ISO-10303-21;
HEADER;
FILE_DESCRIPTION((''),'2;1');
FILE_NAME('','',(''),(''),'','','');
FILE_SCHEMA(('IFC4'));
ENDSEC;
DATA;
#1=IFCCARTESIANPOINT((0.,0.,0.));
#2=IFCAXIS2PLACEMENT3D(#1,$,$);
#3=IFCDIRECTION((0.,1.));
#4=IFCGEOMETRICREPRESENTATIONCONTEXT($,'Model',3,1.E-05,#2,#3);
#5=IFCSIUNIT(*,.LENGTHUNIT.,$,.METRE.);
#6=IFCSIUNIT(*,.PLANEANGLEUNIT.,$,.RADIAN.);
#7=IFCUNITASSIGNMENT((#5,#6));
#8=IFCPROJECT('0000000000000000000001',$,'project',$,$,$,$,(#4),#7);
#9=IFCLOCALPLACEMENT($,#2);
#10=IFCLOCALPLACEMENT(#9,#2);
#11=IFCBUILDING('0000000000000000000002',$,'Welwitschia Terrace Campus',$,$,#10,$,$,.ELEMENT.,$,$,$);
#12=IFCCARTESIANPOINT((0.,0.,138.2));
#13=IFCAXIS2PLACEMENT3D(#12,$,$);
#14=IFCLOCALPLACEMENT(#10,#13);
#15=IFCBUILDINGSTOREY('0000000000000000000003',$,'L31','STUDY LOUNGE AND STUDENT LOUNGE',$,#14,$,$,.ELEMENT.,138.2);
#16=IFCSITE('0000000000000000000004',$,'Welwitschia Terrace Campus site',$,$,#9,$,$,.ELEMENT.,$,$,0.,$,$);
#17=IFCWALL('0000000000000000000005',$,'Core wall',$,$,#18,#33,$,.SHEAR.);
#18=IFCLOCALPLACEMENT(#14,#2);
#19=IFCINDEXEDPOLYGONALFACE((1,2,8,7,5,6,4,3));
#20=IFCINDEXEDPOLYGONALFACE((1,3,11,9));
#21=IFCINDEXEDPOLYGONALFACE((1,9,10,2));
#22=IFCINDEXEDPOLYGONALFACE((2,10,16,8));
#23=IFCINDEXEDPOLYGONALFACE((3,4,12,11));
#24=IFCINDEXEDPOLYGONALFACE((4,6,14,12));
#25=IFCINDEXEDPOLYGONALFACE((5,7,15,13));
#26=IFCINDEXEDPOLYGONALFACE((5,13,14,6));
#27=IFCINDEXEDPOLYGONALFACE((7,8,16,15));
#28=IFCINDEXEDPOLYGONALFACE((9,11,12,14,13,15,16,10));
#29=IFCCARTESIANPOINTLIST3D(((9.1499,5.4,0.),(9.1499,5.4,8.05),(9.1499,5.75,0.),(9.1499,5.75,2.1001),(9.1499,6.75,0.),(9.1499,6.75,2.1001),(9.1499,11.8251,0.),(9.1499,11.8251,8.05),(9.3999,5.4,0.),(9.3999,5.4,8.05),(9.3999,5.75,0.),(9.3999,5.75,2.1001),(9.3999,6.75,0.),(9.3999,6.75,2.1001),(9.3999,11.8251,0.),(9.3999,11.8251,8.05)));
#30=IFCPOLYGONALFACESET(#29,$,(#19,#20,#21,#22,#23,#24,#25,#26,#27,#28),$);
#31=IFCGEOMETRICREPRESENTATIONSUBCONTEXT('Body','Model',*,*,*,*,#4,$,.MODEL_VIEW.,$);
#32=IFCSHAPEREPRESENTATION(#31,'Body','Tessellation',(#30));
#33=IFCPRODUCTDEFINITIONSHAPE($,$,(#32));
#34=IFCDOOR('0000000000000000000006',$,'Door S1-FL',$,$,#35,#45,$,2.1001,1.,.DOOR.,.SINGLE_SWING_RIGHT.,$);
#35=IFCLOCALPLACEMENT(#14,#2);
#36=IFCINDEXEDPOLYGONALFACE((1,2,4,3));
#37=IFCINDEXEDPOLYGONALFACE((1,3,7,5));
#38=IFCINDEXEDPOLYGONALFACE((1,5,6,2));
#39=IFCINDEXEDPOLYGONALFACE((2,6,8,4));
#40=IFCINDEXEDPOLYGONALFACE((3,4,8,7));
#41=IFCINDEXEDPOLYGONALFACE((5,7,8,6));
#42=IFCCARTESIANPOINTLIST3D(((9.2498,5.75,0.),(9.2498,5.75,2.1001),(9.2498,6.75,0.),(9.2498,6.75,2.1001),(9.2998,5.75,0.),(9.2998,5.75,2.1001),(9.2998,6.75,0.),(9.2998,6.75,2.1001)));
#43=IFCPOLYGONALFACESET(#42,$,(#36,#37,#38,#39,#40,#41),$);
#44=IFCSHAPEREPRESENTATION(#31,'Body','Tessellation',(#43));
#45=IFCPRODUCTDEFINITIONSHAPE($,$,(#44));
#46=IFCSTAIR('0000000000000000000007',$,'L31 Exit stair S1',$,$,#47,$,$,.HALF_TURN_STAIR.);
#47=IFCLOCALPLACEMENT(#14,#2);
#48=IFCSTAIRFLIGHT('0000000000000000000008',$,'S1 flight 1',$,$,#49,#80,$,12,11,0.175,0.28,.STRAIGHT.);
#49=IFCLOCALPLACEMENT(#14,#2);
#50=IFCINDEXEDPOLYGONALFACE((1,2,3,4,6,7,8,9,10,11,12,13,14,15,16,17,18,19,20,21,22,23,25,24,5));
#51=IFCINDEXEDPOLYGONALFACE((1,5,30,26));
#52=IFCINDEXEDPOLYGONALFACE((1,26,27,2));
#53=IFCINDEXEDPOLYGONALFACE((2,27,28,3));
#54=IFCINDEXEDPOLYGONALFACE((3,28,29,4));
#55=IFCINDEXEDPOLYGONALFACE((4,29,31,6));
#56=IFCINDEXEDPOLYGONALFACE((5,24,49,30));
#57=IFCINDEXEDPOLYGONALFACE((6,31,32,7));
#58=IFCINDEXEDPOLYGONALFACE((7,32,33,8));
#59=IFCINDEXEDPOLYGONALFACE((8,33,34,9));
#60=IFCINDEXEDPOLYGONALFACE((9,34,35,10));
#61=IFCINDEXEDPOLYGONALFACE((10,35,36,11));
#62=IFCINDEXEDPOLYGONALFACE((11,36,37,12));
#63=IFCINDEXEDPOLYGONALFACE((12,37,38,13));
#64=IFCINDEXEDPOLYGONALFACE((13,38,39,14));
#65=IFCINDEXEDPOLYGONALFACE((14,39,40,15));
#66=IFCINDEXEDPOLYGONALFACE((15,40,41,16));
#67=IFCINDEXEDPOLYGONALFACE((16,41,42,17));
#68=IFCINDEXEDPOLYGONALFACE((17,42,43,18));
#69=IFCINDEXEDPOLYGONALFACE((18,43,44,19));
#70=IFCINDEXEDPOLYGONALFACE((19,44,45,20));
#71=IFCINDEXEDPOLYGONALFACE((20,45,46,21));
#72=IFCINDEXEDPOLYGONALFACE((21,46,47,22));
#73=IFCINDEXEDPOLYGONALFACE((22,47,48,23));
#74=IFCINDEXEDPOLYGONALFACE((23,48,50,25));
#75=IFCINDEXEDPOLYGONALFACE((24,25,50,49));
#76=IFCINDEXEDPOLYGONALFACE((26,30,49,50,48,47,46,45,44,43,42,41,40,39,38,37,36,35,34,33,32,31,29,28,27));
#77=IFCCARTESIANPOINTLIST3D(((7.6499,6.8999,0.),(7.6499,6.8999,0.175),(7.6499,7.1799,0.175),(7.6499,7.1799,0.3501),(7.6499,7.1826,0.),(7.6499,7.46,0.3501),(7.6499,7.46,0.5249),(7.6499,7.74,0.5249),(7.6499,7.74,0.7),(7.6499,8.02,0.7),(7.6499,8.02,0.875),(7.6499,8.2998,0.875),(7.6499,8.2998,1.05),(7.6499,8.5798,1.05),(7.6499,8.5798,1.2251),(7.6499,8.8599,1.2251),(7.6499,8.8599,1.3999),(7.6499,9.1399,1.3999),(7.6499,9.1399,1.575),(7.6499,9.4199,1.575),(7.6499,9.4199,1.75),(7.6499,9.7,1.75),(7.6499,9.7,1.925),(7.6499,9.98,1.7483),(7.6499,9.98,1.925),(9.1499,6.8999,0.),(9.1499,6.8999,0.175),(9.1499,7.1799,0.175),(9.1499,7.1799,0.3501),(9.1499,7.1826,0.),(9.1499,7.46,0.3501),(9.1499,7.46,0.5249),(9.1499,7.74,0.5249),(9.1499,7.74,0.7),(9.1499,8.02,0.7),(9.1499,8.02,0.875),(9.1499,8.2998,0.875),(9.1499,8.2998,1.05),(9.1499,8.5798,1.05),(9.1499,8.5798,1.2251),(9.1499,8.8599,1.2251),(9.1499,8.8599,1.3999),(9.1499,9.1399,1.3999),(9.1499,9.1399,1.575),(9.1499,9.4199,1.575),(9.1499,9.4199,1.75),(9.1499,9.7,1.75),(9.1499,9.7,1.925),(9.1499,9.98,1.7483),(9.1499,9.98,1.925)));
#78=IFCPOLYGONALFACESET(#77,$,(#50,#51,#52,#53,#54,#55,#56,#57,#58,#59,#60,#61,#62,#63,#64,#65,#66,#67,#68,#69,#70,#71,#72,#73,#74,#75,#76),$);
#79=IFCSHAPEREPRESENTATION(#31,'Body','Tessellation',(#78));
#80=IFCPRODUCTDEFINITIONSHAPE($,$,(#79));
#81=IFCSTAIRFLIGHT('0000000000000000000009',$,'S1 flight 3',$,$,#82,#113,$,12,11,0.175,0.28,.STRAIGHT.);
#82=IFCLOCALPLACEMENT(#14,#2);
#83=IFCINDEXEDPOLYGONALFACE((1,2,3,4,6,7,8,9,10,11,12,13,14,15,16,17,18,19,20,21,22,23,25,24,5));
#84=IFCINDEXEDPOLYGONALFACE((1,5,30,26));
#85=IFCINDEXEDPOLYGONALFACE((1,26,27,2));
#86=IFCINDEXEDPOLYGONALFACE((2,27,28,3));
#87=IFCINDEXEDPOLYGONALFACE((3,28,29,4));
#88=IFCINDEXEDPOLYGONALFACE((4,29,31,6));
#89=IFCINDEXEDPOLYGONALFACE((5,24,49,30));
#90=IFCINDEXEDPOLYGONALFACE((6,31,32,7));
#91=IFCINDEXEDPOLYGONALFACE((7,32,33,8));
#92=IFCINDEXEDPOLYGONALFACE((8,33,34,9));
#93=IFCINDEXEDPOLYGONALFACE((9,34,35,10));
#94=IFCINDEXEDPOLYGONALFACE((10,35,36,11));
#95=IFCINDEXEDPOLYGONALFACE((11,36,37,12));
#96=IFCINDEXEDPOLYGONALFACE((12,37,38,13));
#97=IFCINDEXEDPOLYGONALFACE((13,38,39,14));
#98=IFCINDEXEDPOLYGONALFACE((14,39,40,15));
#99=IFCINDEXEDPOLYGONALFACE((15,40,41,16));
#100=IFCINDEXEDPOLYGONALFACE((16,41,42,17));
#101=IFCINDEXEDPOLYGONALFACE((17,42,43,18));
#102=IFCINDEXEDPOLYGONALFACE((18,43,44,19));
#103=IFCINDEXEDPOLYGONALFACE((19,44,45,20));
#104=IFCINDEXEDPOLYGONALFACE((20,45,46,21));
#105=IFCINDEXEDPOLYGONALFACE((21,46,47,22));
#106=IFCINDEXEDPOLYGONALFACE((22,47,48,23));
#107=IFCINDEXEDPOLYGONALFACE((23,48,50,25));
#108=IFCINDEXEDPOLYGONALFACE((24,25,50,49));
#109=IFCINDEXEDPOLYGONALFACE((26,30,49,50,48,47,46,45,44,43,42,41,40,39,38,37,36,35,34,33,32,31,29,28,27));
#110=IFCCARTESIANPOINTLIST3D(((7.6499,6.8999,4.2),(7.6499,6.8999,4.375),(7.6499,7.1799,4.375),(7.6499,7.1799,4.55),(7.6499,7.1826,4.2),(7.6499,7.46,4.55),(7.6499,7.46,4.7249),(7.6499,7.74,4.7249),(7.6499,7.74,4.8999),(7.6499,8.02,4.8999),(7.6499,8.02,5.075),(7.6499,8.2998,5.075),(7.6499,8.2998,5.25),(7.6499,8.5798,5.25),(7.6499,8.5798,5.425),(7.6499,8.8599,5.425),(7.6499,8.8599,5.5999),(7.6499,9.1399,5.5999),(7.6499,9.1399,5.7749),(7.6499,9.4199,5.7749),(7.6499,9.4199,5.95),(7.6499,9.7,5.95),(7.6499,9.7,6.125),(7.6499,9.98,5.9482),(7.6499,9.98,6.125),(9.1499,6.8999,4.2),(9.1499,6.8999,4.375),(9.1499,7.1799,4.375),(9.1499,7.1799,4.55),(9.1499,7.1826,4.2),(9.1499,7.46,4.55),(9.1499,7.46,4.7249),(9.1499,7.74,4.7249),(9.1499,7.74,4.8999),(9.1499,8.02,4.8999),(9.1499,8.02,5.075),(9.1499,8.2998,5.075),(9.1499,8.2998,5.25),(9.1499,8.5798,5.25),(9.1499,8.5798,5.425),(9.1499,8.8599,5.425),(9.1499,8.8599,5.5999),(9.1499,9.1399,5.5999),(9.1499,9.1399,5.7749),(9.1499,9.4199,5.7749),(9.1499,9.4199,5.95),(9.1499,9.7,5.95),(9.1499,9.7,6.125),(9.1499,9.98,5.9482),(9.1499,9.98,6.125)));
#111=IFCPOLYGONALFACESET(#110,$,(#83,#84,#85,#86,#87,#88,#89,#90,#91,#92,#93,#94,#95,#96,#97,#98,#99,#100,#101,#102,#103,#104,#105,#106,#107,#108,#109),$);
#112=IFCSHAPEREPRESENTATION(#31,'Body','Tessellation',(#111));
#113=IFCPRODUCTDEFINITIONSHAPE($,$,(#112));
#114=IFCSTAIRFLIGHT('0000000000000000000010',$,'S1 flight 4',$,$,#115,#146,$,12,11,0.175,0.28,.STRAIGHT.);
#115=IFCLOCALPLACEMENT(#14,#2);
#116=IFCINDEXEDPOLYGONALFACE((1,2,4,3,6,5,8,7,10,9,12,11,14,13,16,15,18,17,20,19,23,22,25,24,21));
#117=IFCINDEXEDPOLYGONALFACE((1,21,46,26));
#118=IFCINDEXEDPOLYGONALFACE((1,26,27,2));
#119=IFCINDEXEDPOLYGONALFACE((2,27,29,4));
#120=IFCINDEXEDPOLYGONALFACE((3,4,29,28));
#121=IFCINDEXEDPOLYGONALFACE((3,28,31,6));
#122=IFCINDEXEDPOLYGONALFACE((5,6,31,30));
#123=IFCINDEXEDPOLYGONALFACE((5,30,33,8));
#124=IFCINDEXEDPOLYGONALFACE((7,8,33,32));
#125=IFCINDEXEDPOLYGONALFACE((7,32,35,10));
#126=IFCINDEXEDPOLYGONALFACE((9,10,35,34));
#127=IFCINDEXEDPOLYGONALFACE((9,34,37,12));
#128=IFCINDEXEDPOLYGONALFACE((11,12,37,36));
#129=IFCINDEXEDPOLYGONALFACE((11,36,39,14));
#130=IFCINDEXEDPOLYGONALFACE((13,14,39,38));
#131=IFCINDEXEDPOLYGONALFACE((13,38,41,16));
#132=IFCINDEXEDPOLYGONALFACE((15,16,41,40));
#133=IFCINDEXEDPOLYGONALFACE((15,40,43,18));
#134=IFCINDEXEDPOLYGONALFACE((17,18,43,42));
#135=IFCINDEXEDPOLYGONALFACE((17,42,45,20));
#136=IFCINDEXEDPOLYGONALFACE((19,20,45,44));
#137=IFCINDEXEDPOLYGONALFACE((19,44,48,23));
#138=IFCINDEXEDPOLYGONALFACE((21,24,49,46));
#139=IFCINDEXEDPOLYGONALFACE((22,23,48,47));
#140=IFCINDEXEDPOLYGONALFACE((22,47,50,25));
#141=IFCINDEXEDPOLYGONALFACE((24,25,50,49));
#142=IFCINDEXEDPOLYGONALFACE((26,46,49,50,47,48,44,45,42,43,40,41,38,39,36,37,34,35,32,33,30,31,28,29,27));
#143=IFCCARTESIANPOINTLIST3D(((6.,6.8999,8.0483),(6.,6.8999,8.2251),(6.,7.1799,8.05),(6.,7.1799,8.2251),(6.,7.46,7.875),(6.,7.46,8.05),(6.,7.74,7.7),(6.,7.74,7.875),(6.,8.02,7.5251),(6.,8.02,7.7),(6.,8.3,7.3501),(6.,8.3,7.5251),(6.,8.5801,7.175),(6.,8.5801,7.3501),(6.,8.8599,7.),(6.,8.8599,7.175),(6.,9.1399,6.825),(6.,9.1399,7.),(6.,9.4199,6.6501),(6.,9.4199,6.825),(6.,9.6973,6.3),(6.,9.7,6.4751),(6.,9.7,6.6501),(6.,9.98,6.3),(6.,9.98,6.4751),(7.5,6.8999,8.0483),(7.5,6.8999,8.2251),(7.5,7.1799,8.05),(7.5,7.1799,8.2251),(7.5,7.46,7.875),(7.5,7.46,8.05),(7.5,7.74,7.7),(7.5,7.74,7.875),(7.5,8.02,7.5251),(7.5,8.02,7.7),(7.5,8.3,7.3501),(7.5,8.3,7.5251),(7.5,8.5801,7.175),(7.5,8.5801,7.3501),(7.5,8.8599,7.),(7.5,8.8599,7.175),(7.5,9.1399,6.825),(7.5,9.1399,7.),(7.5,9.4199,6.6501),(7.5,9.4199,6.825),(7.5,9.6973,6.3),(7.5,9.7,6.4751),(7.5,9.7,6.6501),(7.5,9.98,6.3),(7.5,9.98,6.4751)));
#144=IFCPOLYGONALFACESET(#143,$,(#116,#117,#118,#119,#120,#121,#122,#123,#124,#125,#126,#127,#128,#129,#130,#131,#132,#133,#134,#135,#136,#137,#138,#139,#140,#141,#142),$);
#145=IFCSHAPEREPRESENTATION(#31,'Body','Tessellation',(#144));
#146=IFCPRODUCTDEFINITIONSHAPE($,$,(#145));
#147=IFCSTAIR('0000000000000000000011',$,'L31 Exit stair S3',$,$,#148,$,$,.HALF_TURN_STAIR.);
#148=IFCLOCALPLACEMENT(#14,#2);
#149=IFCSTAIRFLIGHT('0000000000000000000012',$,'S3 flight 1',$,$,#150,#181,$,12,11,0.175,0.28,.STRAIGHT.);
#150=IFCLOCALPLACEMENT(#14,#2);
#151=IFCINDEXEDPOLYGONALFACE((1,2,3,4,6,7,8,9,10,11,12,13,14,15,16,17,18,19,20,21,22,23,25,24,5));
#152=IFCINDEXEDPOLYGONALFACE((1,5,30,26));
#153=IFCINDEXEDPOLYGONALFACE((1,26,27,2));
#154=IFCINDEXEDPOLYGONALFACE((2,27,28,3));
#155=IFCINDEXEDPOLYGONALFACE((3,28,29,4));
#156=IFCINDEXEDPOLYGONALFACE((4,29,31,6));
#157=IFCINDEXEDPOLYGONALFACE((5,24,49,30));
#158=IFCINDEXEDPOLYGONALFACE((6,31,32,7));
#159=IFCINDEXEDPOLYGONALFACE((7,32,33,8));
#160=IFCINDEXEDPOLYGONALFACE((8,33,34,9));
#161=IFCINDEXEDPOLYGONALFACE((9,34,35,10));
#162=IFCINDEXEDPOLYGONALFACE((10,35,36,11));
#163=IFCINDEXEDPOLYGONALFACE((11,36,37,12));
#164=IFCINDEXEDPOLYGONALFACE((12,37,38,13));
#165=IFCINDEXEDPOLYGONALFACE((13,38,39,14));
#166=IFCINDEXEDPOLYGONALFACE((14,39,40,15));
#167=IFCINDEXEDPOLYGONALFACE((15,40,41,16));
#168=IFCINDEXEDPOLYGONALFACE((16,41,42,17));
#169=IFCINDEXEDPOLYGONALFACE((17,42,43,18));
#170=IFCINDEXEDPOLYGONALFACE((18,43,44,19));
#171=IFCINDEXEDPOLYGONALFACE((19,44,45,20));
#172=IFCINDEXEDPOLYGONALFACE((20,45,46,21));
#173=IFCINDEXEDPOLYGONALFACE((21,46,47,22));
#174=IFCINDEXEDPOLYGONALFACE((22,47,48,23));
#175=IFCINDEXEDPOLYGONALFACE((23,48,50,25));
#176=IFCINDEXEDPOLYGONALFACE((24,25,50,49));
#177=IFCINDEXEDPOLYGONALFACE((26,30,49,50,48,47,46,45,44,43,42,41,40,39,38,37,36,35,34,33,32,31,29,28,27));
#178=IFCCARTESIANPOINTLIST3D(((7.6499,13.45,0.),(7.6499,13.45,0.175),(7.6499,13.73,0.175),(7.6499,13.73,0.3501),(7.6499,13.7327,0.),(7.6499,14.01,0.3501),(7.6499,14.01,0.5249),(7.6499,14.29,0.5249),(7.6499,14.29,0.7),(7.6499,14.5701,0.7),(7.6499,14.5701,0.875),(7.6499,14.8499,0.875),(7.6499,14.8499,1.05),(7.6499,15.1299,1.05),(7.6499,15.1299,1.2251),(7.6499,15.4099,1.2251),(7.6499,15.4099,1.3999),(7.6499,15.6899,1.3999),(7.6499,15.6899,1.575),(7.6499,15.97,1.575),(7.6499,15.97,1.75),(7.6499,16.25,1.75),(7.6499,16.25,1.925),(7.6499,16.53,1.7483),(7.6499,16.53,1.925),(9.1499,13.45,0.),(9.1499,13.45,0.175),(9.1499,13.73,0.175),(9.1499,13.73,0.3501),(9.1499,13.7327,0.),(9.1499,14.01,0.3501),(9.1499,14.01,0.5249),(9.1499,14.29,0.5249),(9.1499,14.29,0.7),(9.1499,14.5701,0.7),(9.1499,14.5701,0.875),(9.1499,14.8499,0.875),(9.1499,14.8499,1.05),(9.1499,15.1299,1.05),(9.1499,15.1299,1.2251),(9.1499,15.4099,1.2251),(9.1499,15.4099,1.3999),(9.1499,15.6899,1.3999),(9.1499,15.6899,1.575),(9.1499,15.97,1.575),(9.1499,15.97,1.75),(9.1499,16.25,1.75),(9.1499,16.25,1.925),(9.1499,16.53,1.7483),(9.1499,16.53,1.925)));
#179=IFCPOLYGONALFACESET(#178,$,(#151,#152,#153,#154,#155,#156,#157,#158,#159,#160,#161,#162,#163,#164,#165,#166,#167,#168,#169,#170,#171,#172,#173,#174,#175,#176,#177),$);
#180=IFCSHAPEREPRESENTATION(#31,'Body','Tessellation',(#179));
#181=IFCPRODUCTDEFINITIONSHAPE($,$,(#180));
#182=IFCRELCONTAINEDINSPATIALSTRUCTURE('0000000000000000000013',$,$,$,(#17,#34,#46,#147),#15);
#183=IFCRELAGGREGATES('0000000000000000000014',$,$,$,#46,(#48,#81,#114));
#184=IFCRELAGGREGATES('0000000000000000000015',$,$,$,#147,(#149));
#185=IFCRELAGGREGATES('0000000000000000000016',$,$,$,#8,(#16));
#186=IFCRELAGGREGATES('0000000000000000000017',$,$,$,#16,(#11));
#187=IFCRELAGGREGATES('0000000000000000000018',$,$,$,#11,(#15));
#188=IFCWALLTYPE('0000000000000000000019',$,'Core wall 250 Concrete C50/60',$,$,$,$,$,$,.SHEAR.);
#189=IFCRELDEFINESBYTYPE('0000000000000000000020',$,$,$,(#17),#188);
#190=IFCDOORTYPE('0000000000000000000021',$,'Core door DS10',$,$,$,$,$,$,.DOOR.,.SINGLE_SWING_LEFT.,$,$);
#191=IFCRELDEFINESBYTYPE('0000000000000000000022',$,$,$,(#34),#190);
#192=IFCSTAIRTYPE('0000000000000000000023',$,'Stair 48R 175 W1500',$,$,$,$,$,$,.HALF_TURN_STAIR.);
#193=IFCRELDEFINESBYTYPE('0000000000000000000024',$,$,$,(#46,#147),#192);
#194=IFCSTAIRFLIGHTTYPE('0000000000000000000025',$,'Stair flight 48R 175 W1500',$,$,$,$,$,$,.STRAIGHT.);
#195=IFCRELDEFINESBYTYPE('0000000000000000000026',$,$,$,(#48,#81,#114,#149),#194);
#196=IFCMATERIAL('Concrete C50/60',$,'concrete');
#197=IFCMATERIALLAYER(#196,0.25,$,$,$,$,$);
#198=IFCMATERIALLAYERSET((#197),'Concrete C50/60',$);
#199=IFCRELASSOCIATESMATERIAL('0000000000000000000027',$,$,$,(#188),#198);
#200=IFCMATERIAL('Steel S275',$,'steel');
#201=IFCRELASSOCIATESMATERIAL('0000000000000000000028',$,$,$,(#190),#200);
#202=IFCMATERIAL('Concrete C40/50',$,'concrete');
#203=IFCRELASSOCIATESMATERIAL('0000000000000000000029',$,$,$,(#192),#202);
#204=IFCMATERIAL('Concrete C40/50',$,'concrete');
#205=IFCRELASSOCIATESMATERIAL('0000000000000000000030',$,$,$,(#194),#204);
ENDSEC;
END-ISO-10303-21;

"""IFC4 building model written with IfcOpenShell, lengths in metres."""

from ifc_helpers import new_model, si_unit, direction, frame, frame_2d, origin, place, context, subcontext, project, spatial, polyline, rectangle, outline, extrude, material, layer, layer_set, type_object, element, fill, aggregate, save


model = new_model("IFC4")

# Units and contexts
model_context = context("Model", 3, precision=1e-05, world=origin(), true_north=direction((0.0, 1.0)))
body_context = subcontext(model_context, "Body", "Model", "MODEL_VIEW")
ifc_project = project(units=[si_unit("LENGTHUNIT", "METRE"), si_unit("PLANEANGLEUNIT", "RADIAN")], contexts=[model_context])

# Site, building, storey
site_placement = place(None, origin())
site = spatial("IfcSite", under=ifc_project, at=site_placement, Name="Welwitschia Terrace Campus site", CompositionType="ELEMENT", RefElevation=0.0)
building_placement = place(site_placement, origin())
building = spatial("IfcBuilding", under=site, at=building_placement, Name="Welwitschia Terrace Campus", CompositionType="ELEMENT")
storey_placement = place(building_placement, frame((0.0, 0.0, 138.2)))
storey = spatial("IfcBuildingStorey", under=building, at=storey_placement, Name="L31", Description="STUDY LOUNGE AND STUDENT LOUNGE", CompositionType="ELEMENT", Elevation=138.2)

# Wall, opening, door
ifc_material_1 = material(Name="Concrete C50/60", Category="concrete")
ifc_layer_1 = layer(ifc_material_1, 0.25)
ifc_layer_set_1 = layer_set([ifc_layer_1], Name="Concrete C50/60")
wall_type_1 = type_object("IfcWallType", Name="Core wall 250 Concrete C50/60", PredefinedType="SHEAR", material=ifc_layer_set_1)
wall_1_placement = place(storey_placement, frame((9.2749, 11.825, 0.0), z_axis=(0.0, 0.0, 1.0), x_axis=(0.0, -1.0, 0.0)))
wall_1 = element("IfcWall", 1, at=wall_1_placement, inside=storey, type_object=wall_type_1, Name="Core wall", PredefinedType="SHEAR", context=body_context, shape_type="SweptSolid", body=[
    extrude(rectangle(XDim=6.425, YDim=0.25, at=frame_2d((3.2124, 0.0))), origin(), (0.0, 0.0, 1.0), 8.05),
])
opening_1_placement = place(wall_1_placement, frame((5.075, 0.0, 0.0)))
opening_1 = element("IfcOpeningElement", 2, at=opening_1_placement, cuts=wall_1, PredefinedType="OPENING", context=body_context, shape_type="SweptSolid", body=[
    extrude(rectangle(XDim=1.0, YDim=2.1001, at=frame_2d((0.5, 1.05))), frame((0.0, 0.135, 0.0), z_axis=(0.0, -1.0, 0.0), x_axis=(1.0, 0.0, 0.0)), (0.0, 0.0, 1.0), 0.27),
])
ifc_material_2 = material(Name="Steel S275", Category="steel")
door_type_1 = type_object("IfcDoorType", Name="Core door DS10", OperationType="SINGLE_SWING_LEFT", PredefinedType="DOOR", material=ifc_material_2)
door_1_placement = place(opening_1_placement, origin())
door_1 = element("IfcDoor", 3, at=door_1_placement, inside=storey, type_object=door_type_1, Name="Door S1-FL", OperationType="SINGLE_SWING_RIGHT", OverallHeight=2.1001, OverallWidth=1.0, PredefinedType="DOOR", context=body_context, shape_type="SweptSolid", body=[
    extrude(rectangle(XDim=1.0, YDim=2.1001, at=frame_2d((0.5, 1.05))), frame((0.0, 0.0249, 0.0), z_axis=(0.0, -1.0, 0.0), x_axis=(1.0, 0.0, 0.0)), (0.0, 0.0, 1.0), 0.05),
])
fill(opening_1, door_1)

# Stairs, stair flights
ifc_material_3 = material(Name="Concrete C40/50", Category="concrete")
stair_type = type_object("IfcStairType", Name="Stair 48R 175 W1500", PredefinedType="HALF_TURN_STAIR", material=ifc_material_3)
stair_1_placement = place(storey_placement, origin())
stair_1 = element("IfcStair", 4, at=stair_1_placement, inside=storey, type_object=stair_type, Name="L31 Exit stair S1", PredefinedType="HALF_TURN_STAIR")
ifc_material_4 = material(Name="Concrete C40/50", Category="concrete")
stair_flight_type = type_object("IfcStairFlightType", Name="Stair flight 48R 175 W1500", PredefinedType="STRAIGHT", material=ifc_material_4)
stair_flight_1_placement = place(storey_placement, frame((8.3999, 6.8999, 0.0), z_axis=(0.0, 0.0, 1.0), x_axis=(0.0, 1.0, 0.0)))
stair_flight_1 = element("IfcStairFlight", 5, at=stair_flight_1_placement, type_object=stair_flight_type, Name="S1 flight 1", NumberOfRisers=12, NumberOfTreads=11, PredefinedType="STRAIGHT", RiserHeight=0.175, TreadLength=0.28, context=body_context, shape_type="SweptSolid", body=[
    extrude(outline(polyline([(0.0, 0.0), (0.0, 0.175), (0.28, 0.175), (0.28, 0.3501), (0.5601, 0.3501), (0.5601, 0.5249), (0.8401, 0.5249), (0.8401, 0.7), (1.1201, 0.7), (1.1201, 0.875), (1.3999, 0.875), (1.3999, 1.05), (1.6799, 1.05), (1.6799, 1.2251), (1.96, 1.2251), (1.96, 1.3999), (2.24, 1.3999), (2.24, 1.575), (2.52, 1.575), (2.52, 1.75), (2.8, 1.75), (2.8, 1.925), (3.0801, 1.925), (3.0801, 2.1001), (3.0801, 1.7483), (0.2827, 0.0), (0.0, 0.0)])), frame((0.0, 0.75, 0.0), z_axis=(0.0, -1.0, 0.0), x_axis=(1.0, 0.0, 0.0)), (0.0, 0.0, 1.0), 1.5),
])
stair_flight_2_placement = place(storey_placement, frame((8.3999, 6.8999, 4.2), z_axis=(0.0, 0.0, 1.0), x_axis=(0.0, 1.0, 0.0)))
stair_flight_2 = element("IfcStairFlight", 6, at=stair_flight_2_placement, type_object=stair_flight_type, Name="S1 flight 3", NumberOfRisers=12, NumberOfTreads=11, PredefinedType="STRAIGHT", RiserHeight=0.175, TreadLength=0.28, context=body_context, shape_type="SweptSolid", body=[
    extrude(outline(polyline([(0.0, 0.0), (0.0, 0.175), (0.28, 0.175), (0.28, 0.3501), (0.5601, 0.3501), (0.5601, 0.5249), (0.8401, 0.5249), (0.8401, 0.7), (1.1201, 0.7), (1.1201, 0.875), (1.3999, 0.875), (1.3999, 1.05), (1.6799, 1.05), (1.6799, 1.2251), (1.96, 1.2251), (1.96, 1.3999), (2.24, 1.3999), (2.24, 1.575), (2.52, 1.575), (2.52, 1.75), (2.8, 1.75), (2.8, 1.925), (3.0801, 1.925), (3.0801, 2.1001), (3.0801, 1.7483), (0.2827, 0.0), (0.0, 0.0)])), frame((0.0, 0.75, 0.0), z_axis=(0.0, -1.0, 0.0), x_axis=(1.0, 0.0, 0.0)), (0.0, 0.0, 1.0), 1.5),
])
stair_flight_3_placement = place(storey_placement, frame((6.75, 9.98, 6.3), z_axis=(0.0, 0.0, 1.0), x_axis=(0.0, -1.0, 0.0)))
stair_flight_3 = element("IfcStairFlight", 7, at=stair_flight_3_placement, type_object=stair_flight_type, Name="S1 flight 4", NumberOfRisers=12, NumberOfTreads=11, PredefinedType="STRAIGHT", RiserHeight=0.175, TreadLength=0.28, context=body_context, shape_type="SweptSolid", body=[
    extrude(outline(polyline([(0.0, 0.0), (0.0, 0.175), (0.28, 0.175), (0.28, 0.3501), (0.5601, 0.3501), (0.5601, 0.5249), (0.8401, 0.5249), (0.8401, 0.7), (1.1201, 0.7), (1.1201, 0.875), (1.3999, 0.875), (1.3999, 1.05), (1.6799, 1.05), (1.6799, 1.2251), (1.96, 1.2251), (1.96, 1.3999), (2.24, 1.3999), (2.24, 1.575), (2.52, 1.575), (2.52, 1.75), (2.8, 1.75), (2.8, 1.925), (3.0801, 1.925), (3.0801, 2.1001), (3.0801, 1.7483), (0.2827, 0.0), (0.0, 0.0)])), frame((0.0, 0.75, 0.0), z_axis=(0.0, -1.0, 0.0), x_axis=(1.0, 0.0, 0.0)), (0.0, 0.0, 1.0), 1.5),
])
aggregate(stair_1, [stair_flight_1, stair_flight_2, stair_flight_3])
stair_2_placement = place(storey_placement, origin())
stair_2 = element("IfcStair", 8, at=stair_2_placement, inside=storey, type_object=stair_type, Name="L31 Exit stair S3", PredefinedType="HALF_TURN_STAIR")
stair_flight_4_placement = place(storey_placement, frame((8.3999, 13.45, 0.0), z_axis=(0.0, 0.0, 1.0), x_axis=(0.0, 1.0, 0.0)))
stair_flight_4 = element("IfcStairFlight", 9, at=stair_flight_4_placement, type_object=stair_flight_type, Name="S3 flight 1", NumberOfRisers=12, NumberOfTreads=11, PredefinedType="STRAIGHT", RiserHeight=0.175, TreadLength=0.28, context=body_context, shape_type="SweptSolid", body=[
    extrude(outline(polyline([(0.0, 0.0), (0.0, 0.175), (0.28, 0.175), (0.28, 0.3501), (0.5601, 0.3501), (0.5601, 0.5249), (0.8401, 0.5249), (0.8401, 0.7), (1.1201, 0.7), (1.1201, 0.875), (1.3999, 0.875), (1.3999, 1.05), (1.6799, 1.05), (1.6799, 1.2251), (1.96, 1.2251), (1.96, 1.3999), (2.24, 1.3999), (2.24, 1.575), (2.52, 1.575), (2.52, 1.75), (2.8, 1.75), (2.8, 1.925), (3.0801, 1.925), (3.0801, 2.1001), (3.0801, 1.7483), (0.2827, 0.0), (0.0, 0.0)])), frame((0.0, 0.75, 0.0), z_axis=(0.0, -1.0, 0.0), x_axis=(1.0, 0.0, 0.0)), (0.0, 0.0, 1.0), 1.5),
])
aggregate(stair_2, [stair_flight_4])

save(model, "model.ifc")
